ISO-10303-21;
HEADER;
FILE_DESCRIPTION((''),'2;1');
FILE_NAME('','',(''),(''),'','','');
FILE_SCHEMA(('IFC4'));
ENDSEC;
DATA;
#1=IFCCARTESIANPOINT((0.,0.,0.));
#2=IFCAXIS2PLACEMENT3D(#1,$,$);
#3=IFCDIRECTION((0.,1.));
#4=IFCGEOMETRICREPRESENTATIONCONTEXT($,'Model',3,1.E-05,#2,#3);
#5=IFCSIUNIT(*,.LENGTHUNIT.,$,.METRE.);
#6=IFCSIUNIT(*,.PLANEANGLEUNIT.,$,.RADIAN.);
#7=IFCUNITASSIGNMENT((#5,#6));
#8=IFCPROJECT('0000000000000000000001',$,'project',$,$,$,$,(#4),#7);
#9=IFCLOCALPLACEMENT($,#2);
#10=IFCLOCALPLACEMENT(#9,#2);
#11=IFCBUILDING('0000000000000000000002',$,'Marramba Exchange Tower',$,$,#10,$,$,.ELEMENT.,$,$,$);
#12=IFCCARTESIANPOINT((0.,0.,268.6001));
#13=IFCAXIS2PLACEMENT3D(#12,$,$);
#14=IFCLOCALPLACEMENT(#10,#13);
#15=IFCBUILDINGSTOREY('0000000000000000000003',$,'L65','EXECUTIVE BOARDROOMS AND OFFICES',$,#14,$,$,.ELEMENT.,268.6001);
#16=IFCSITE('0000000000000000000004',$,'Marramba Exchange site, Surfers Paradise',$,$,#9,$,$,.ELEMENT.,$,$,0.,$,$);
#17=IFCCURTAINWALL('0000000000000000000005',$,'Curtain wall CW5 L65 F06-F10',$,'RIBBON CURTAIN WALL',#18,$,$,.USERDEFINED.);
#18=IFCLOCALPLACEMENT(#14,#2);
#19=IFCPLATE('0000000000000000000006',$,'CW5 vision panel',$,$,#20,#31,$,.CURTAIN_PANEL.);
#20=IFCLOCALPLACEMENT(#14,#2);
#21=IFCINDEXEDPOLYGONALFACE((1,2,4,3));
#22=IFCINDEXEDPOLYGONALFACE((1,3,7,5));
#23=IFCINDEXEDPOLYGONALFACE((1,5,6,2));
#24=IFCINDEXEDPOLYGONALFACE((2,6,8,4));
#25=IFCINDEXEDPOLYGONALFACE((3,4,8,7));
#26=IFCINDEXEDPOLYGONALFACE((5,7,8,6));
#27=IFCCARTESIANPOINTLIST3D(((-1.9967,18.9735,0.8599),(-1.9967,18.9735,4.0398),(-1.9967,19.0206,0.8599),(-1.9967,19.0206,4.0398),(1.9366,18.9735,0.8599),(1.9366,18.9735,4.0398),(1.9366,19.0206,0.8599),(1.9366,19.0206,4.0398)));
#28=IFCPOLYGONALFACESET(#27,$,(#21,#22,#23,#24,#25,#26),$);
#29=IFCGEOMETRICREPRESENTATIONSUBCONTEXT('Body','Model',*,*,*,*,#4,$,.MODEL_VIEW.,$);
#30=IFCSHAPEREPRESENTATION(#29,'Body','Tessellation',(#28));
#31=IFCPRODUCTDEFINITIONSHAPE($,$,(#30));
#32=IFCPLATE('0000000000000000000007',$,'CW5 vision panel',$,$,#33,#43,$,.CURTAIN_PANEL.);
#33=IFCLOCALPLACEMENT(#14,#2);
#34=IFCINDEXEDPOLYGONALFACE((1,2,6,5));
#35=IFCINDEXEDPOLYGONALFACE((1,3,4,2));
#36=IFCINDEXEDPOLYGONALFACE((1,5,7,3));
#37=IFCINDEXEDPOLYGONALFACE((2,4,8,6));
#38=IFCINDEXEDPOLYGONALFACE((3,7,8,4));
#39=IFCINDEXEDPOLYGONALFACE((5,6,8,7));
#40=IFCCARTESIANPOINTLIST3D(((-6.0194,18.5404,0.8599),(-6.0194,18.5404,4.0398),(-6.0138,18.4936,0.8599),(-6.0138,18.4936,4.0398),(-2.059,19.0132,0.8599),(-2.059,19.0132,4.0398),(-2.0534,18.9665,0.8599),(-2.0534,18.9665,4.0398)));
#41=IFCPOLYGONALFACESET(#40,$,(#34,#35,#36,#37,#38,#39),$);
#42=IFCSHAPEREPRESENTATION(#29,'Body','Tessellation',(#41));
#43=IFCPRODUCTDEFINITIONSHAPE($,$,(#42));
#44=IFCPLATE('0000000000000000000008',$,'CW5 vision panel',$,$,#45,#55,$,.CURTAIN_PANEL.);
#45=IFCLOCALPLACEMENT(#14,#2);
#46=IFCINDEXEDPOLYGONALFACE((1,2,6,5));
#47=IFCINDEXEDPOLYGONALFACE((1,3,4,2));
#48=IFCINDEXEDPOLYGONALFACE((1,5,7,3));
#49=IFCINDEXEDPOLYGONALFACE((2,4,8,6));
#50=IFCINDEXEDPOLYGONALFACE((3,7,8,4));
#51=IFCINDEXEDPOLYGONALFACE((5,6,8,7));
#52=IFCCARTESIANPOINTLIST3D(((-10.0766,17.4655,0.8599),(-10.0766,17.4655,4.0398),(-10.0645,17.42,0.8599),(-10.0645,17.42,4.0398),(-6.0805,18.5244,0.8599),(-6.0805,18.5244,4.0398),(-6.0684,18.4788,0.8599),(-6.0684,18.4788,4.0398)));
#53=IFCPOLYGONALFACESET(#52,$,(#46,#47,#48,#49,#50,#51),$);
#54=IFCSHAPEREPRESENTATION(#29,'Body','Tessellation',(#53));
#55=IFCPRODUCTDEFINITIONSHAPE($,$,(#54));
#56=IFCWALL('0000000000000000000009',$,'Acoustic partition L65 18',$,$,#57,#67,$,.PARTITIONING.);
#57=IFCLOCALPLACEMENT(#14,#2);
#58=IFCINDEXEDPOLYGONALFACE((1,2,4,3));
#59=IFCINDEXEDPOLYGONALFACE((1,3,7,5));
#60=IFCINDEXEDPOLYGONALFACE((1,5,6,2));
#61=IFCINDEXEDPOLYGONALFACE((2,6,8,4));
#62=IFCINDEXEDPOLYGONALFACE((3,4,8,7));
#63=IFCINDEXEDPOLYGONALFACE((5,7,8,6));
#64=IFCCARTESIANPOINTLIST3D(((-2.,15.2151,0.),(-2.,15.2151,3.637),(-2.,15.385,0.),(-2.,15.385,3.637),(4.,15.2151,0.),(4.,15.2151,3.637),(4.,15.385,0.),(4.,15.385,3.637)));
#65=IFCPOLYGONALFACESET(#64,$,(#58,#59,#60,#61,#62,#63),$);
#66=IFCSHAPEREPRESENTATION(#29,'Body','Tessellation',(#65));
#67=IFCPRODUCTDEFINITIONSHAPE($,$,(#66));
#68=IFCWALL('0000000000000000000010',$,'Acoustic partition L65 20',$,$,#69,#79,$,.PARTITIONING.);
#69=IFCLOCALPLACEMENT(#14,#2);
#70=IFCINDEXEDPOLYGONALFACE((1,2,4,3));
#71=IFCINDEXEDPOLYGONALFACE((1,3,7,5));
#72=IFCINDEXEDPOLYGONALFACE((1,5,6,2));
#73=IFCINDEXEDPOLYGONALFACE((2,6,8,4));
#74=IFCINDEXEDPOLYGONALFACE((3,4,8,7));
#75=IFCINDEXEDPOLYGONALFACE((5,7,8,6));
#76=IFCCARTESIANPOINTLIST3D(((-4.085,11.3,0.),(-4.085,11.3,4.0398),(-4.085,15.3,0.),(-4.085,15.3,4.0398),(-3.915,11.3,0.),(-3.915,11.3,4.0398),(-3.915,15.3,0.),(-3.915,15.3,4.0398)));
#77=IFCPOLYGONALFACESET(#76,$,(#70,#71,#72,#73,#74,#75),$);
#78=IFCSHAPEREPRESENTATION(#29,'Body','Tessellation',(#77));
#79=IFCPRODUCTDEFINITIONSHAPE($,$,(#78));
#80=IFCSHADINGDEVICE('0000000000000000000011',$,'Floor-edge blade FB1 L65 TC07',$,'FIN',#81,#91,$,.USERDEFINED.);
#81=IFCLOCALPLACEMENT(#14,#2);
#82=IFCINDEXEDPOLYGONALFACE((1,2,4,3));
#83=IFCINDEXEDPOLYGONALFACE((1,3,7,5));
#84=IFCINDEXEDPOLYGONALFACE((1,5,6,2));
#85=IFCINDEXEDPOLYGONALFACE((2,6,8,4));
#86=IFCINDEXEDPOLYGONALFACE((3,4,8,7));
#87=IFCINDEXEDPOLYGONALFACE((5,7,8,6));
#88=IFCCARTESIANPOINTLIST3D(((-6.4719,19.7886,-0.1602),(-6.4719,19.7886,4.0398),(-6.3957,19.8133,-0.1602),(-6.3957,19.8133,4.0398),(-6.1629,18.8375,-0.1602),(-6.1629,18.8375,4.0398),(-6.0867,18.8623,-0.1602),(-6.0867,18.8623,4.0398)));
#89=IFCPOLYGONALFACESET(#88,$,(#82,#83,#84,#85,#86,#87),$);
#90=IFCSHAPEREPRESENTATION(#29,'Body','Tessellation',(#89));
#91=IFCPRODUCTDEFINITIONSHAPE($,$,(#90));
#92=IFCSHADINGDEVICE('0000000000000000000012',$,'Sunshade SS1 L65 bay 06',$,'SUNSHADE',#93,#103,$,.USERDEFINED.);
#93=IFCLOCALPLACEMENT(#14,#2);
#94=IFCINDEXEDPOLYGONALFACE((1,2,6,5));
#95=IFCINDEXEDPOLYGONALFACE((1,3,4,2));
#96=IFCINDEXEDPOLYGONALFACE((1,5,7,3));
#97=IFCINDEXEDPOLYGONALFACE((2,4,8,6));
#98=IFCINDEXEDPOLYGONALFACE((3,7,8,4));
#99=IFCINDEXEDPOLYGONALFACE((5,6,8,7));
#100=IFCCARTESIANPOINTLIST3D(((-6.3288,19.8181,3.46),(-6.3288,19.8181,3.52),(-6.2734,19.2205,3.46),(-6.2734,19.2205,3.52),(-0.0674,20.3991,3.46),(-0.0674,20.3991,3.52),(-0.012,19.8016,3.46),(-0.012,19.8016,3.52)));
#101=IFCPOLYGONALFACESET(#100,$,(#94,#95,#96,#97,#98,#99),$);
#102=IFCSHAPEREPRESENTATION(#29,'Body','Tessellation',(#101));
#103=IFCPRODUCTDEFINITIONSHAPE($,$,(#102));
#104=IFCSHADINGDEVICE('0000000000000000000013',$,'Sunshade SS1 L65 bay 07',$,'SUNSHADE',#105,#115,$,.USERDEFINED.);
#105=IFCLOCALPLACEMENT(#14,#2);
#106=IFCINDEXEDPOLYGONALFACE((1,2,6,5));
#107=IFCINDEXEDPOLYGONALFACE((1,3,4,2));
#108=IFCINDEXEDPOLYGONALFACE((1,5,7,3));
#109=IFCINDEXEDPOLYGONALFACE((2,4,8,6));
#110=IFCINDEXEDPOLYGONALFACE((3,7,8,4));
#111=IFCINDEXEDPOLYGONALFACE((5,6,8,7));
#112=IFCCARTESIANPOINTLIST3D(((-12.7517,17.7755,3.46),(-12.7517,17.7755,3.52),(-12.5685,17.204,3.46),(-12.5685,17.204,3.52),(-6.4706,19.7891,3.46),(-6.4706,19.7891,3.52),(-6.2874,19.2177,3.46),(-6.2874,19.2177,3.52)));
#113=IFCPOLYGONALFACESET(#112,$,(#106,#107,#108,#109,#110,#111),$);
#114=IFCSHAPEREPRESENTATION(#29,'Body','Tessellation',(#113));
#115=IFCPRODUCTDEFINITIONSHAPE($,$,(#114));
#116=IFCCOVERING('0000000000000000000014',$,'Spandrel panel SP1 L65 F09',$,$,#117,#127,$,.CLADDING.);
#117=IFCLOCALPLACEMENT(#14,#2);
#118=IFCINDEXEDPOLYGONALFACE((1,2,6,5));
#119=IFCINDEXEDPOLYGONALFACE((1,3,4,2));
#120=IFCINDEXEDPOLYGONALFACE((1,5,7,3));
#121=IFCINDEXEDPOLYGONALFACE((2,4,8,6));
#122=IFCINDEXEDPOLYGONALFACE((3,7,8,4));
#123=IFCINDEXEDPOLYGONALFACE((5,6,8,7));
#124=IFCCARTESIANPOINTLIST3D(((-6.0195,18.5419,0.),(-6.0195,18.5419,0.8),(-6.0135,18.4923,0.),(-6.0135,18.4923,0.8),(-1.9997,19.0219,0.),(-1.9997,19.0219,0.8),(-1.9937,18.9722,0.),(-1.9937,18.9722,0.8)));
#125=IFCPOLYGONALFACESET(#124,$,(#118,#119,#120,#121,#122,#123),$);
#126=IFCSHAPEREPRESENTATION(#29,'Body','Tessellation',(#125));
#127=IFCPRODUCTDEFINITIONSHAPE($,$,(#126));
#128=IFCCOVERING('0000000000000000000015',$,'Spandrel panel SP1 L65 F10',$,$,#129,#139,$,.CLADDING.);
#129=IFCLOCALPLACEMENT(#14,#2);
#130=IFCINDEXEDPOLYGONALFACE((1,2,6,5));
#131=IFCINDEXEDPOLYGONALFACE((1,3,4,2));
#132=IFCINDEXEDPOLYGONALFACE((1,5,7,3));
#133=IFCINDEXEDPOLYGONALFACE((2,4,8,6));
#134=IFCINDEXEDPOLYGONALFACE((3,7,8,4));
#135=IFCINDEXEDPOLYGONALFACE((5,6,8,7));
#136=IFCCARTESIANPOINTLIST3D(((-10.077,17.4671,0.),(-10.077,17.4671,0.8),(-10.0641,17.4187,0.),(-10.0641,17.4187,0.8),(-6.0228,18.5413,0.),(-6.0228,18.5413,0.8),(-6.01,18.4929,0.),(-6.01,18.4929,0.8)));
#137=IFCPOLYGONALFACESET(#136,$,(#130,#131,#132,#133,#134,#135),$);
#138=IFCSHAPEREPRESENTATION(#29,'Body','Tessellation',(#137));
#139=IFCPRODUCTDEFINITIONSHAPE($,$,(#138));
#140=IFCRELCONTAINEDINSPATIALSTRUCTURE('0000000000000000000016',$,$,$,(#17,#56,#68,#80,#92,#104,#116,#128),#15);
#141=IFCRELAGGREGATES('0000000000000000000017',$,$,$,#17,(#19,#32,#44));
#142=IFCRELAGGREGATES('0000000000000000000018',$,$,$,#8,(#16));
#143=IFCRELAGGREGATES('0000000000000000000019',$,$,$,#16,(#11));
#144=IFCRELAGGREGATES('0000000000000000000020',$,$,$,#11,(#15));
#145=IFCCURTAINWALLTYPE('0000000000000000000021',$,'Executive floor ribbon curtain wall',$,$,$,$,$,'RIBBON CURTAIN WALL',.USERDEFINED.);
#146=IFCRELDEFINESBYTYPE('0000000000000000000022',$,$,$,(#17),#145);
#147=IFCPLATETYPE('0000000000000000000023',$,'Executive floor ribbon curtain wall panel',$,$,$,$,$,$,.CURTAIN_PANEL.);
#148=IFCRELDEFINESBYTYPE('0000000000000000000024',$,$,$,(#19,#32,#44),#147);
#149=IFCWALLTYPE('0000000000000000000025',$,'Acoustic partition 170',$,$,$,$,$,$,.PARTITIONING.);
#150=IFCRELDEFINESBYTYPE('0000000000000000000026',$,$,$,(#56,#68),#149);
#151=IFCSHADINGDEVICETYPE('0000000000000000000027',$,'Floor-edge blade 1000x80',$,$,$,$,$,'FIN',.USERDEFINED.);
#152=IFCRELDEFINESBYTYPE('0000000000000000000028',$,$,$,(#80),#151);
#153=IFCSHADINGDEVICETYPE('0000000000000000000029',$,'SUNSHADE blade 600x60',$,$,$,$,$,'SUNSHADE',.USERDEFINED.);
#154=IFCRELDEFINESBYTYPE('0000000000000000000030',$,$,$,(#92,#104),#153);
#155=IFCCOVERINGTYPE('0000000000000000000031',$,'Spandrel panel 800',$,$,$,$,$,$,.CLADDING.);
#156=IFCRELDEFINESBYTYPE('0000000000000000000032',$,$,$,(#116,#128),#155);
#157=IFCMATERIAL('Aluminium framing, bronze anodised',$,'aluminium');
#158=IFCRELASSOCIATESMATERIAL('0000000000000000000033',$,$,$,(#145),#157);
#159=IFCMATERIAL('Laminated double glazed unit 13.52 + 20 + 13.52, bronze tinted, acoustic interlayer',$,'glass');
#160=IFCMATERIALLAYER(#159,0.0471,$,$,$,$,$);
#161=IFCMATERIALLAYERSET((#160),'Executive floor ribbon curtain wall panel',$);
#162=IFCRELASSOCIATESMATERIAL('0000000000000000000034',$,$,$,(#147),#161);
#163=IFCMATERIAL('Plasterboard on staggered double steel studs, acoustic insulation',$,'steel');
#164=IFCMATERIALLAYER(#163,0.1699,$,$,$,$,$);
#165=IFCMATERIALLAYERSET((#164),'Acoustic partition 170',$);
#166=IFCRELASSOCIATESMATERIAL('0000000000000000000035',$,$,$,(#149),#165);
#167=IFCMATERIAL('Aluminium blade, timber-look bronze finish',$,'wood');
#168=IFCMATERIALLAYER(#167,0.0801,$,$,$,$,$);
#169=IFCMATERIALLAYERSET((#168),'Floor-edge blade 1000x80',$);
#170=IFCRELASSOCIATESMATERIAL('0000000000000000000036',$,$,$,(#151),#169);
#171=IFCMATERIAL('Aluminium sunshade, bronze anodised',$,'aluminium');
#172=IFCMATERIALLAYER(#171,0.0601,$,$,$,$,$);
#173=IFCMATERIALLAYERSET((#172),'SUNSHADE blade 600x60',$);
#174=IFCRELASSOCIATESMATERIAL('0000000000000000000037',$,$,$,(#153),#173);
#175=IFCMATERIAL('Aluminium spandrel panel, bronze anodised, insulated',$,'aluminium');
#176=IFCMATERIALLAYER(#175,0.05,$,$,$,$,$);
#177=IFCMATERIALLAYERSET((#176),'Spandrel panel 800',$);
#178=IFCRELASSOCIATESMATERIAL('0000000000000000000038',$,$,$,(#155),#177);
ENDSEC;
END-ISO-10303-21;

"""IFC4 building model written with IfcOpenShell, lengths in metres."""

from ifc_helpers import new_model, si_unit, direction, frame, frame_2d, origin, origin_2d, place, context, subcontext, project, spatial, rectangle, extrude, material, layer, layer_set, type_object, element, aggregate, save


model = new_model("IFC4")

# Units and contexts
model_context = context("Model", 3, precision=1e-05, world=origin(), true_north=direction((0.0, 1.0)))
body_context = subcontext(model_context, "Body", "Model", "MODEL_VIEW")
ifc_project = project(units=[si_unit("LENGTHUNIT", "METRE"), si_unit("PLANEANGLEUNIT", "RADIAN")], contexts=[model_context])

# Site, building, storey
site_placement = place(None, origin())
site = spatial("IfcSite", under=ifc_project, at=site_placement, Name="Marramba Exchange site, Surfers Paradise", CompositionType="ELEMENT", RefElevation=0.0)
building_placement = place(site_placement, origin())
building = spatial("IfcBuilding", under=site, at=building_placement, Name="Marramba Exchange Tower", CompositionType="ELEMENT")
storey_placement = place(building_placement, frame((0.0, 0.0, 268.6001)))
storey = spatial("IfcBuildingStorey", under=building, at=storey_placement, Name="L65", Description="EXECUTIVE BOARDROOMS AND OFFICES", CompositionType="ELEMENT", Elevation=268.6001)

# Curtain wall
ifc_material_1 = material(Name="Aluminium framing, bronze anodised", Category="aluminium")
curtain_wall_type = type_object("IfcCurtainWallType", Name="Executive floor ribbon curtain wall", ElementType="RIBBON CURTAIN WALL", PredefinedType="USERDEFINED", material=ifc_material_1)
curtain_wall_1_placement = place(storey_placement, origin())
curtain_wall_1 = element("IfcCurtainWall", 1, at=curtain_wall_1_placement, inside=storey, type_object=curtain_wall_type, Name="Curtain wall CW5 L65 F06-F10", ObjectType="RIBBON CURTAIN WALL", PredefinedType="USERDEFINED")

# Plates
ifc_material_2 = material(Name="Laminated double glazed unit 13.52 + 20 + 13.52, bronze tinted, acoustic interlayer", Category="glass")
ifc_layer_1 = layer(ifc_material_2, 0.0471)
ifc_layer_set_1 = layer_set([ifc_layer_1], Name="Executive floor ribbon curtain wall panel")
plate_type = type_object("IfcPlateType", Name="Executive floor ribbon curtain wall panel", PredefinedType="CURTAIN_PANEL", material=ifc_layer_set_1)
plate_1_placement = place(storey_placement, frame((-0.03, 18.9971, 0.8599), z_axis=(0.0, 0.0, 1.0), x_axis=(-1.0, 0.0, 0.0)))
plate_1 = element("IfcPlate", 2, at=plate_1_placement, type_object=plate_type, Name="CW5 vision panel", PredefinedType="CURTAIN_PANEL", context=body_context, shape_type="SweptSolid", body=[
    extrude(rectangle(XDim=3.9333, YDim=0.0471, at=origin_2d()), origin(), (0.0, 0.0, 1.0), 3.1799),
])
plate_2_placement = place(storey_placement, frame((-4.0364, 18.7534, 0.8599), z_axis=(0.0, 0.0, 1.0), x_axis=(-0.992947, -0.118557, 0.0)))
plate_2 = element("IfcPlate", 3, at=plate_2_placement, type_object=plate_type, Name="CW5 vision panel", PredefinedType="CURTAIN_PANEL", context=body_context, shape_type="SweptSolid", body=[
    extrude(rectangle(XDim=3.9885, YDim=0.0471, at=origin_2d()), origin(), (0.0, 0.0, 1.0), 3.1799),
])
plate_3_placement = place(storey_placement, frame((-8.0725, 17.9722, 0.8599), z_axis=(0.0, 0.0, 1.0), x_axis=(-0.966644, -0.256126, 0.0)))
plate_3 = element("IfcPlate", 4, at=plate_3_placement, type_object=plate_type, Name="CW5 vision panel", PredefinedType="CURTAIN_PANEL", context=body_context, shape_type="SweptSolid", body=[
    extrude(rectangle(XDim=4.134, YDim=0.0471, at=origin_2d()), origin(), (0.0, 0.0, 1.0), 3.1799),
])
aggregate(curtain_wall_1, [plate_1, plate_2, plate_3])

# Walls
ifc_material_3 = material(Name="Plasterboard on staggered double steel studs, acoustic insulation", Category="steel")
ifc_layer_2 = layer(ifc_material_3, 0.1699)
ifc_layer_set_2 = layer_set([ifc_layer_2], Name="Acoustic partition 170")
wall_type = type_object("IfcWallType", Name="Acoustic partition 170", PredefinedType="PARTITIONING", material=ifc_layer_set_2)
wall_1_placement = place(storey_placement, frame((-2.0, 15.3, 0.0), z_axis=(0.0, 0.0, 1.0), x_axis=(1.0, 0.0, 0.0)))
element("IfcWall", 5, at=wall_1_placement, inside=storey, type_object=wall_type, Name="Acoustic partition L65 18", PredefinedType="PARTITIONING", context=body_context, shape_type="SweptSolid", body=[
    extrude(rectangle(XDim=6.0, YDim=0.1699, at=frame_2d((3.0, 0.0))), origin(), (0.0, 0.0, 1.0), 3.637),
])
wall_2_placement = place(storey_placement, frame((-4.0, 15.3, 0.0), z_axis=(0.0, 0.0, 1.0), x_axis=(0.0, -1.0, 0.0)))
element("IfcWall", 6, at=wall_2_placement, inside=storey, type_object=wall_type, Name="Acoustic partition L65 20", PredefinedType="PARTITIONING", context=body_context, shape_type="SweptSolid", body=[
    extrude(rectangle(XDim=4.0, YDim=0.1699, at=frame_2d((2.0, 0.0))), origin(), (0.0, 0.0, 1.0), 4.0398),
])

# Shading devices
ifc_material_4 = material(Name="Aluminium blade, timber-look bronze finish", Category="wood")
ifc_layer_3 = layer(ifc_material_4, 0.0801)
ifc_layer_set_3 = layer_set([ifc_layer_3], Name="Floor-edge blade 1000x80")
shading_device_type_1 = type_object("IfcShadingDeviceType", Name="Floor-edge blade 1000x80", ElementType="FIN", PredefinedType="USERDEFINED", material=ifc_layer_set_3)
shading_device_1_placement = place(storey_placement, frame((-6.2793, 19.3254, -0.1602), z_axis=(0.0, 0.0, 1.0), x_axis=(-0.309017, 0.951057, 0.0)))
element("IfcShadingDevice", 7, at=shading_device_1_placement, inside=storey, type_object=shading_device_type_1, Name="Floor-edge blade FB1 L65 TC07", ObjectType="FIN", PredefinedType="USERDEFINED", context=body_context, shape_type="SweptSolid", body=[
    extrude(rectangle(XDim=1.0, YDim=0.0801, at=origin_2d()), origin(), (0.0, 0.0, 1.0), 4.2),
])
ifc_material_5 = material(Name="Aluminium sunshade, bronze anodised", Category="aluminium")
ifc_layer_4 = layer(ifc_material_5, 0.0601)
ifc_layer_set_4 = layer_set([ifc_layer_4], Name="SUNSHADE blade 600x60")
shading_device_type_2 = type_object("IfcShadingDeviceType", Name="SUNSHADE blade 600x60", ElementType="SUNSHADE", PredefinedType="USERDEFINED", material=ifc_layer_set_4)
shading_device_2_placement = place(storey_placement, frame((-3.1704, 19.8098, 3.46), z_axis=(0.0, 0.0, 1.0), x_axis=(-0.995722, -0.092397, 0.0)))
element("IfcShadingDevice", 8, at=shading_device_2_placement, inside=storey, type_object=shading_device_type_2, Name="Sunshade SS1 L65 bay 06", ObjectType="SUNSHADE", PredefinedType="USERDEFINED", context=body_context, shape_type="SweptSolid", body=[
    extrude(rectangle(XDim=6.2883, YDim=0.6001, at=origin_2d()), origin(), (0.0, 0.0, 1.0), 0.0601),
])
shading_device_3_placement = place(storey_placement, frame((-9.5195, 18.4966, 3.46), z_axis=(0.0, 0.0, 1.0), x_axis=(-0.95226, -0.305289, 0.0)))
element("IfcShadingDevice", 9, at=shading_device_3_placement, inside=storey, type_object=shading_device_type_2, Name="Sunshade SS1 L65 bay 07", ObjectType="SUNSHADE", PredefinedType="USERDEFINED", context=body_context, shape_type="SweptSolid", body=[
    extrude(rectangle(XDim=6.5959, YDim=0.6001, at=origin_2d()), origin(), (0.0, 0.0, 1.0), 0.0601),
])

# Coverings
ifc_material_6 = material(Name="Aluminium spandrel panel, bronze anodised, insulated", Category="aluminium")
ifc_layer_5 = layer(ifc_material_6, 0.05)
ifc_layer_set_5 = layer_set([ifc_layer_5], Name="Spandrel panel 800")
covering_type = type_object("IfcCoveringType", Name="Spandrel panel 800", PredefinedType="CLADDING", material=ifc_layer_set_5)
covering_1_placement = place(storey_placement, frame((-4.0066, 18.7571, 0.0), z_axis=(0.0, 0.0, 1.0), x_axis=(-0.992947, -0.118557, 0.0)))
element("IfcCovering", 10, at=covering_1_placement, inside=storey, type_object=covering_type, Name="Spandrel panel SP1 L65 F09", PredefinedType="CLADDING", context=body_context, shape_type="SweptSolid", body=[
    extrude(rectangle(XDim=4.0483, YDim=0.05, at=origin_2d()), origin(), (0.0, 0.0, 1.0), 0.8),
])
covering_2_placement = place(storey_placement, frame((-8.0435, 17.98, 0.0), z_axis=(0.0, 0.0, 1.0), x_axis=(-0.966644, -0.256126, 0.0)))
element("IfcCovering", 11, at=covering_2_placement, inside=storey, type_object=covering_type, Name="Spandrel panel SP1 L65 F10", PredefinedType="CLADDING", context=body_context, shape_type="SweptSolid", body=[
    extrude(rectangle(XDim=4.1941, YDim=0.05, at=origin_2d()), origin(), (0.0, 0.0, 1.0), 0.8),
])

save(model, "model.ifc")
